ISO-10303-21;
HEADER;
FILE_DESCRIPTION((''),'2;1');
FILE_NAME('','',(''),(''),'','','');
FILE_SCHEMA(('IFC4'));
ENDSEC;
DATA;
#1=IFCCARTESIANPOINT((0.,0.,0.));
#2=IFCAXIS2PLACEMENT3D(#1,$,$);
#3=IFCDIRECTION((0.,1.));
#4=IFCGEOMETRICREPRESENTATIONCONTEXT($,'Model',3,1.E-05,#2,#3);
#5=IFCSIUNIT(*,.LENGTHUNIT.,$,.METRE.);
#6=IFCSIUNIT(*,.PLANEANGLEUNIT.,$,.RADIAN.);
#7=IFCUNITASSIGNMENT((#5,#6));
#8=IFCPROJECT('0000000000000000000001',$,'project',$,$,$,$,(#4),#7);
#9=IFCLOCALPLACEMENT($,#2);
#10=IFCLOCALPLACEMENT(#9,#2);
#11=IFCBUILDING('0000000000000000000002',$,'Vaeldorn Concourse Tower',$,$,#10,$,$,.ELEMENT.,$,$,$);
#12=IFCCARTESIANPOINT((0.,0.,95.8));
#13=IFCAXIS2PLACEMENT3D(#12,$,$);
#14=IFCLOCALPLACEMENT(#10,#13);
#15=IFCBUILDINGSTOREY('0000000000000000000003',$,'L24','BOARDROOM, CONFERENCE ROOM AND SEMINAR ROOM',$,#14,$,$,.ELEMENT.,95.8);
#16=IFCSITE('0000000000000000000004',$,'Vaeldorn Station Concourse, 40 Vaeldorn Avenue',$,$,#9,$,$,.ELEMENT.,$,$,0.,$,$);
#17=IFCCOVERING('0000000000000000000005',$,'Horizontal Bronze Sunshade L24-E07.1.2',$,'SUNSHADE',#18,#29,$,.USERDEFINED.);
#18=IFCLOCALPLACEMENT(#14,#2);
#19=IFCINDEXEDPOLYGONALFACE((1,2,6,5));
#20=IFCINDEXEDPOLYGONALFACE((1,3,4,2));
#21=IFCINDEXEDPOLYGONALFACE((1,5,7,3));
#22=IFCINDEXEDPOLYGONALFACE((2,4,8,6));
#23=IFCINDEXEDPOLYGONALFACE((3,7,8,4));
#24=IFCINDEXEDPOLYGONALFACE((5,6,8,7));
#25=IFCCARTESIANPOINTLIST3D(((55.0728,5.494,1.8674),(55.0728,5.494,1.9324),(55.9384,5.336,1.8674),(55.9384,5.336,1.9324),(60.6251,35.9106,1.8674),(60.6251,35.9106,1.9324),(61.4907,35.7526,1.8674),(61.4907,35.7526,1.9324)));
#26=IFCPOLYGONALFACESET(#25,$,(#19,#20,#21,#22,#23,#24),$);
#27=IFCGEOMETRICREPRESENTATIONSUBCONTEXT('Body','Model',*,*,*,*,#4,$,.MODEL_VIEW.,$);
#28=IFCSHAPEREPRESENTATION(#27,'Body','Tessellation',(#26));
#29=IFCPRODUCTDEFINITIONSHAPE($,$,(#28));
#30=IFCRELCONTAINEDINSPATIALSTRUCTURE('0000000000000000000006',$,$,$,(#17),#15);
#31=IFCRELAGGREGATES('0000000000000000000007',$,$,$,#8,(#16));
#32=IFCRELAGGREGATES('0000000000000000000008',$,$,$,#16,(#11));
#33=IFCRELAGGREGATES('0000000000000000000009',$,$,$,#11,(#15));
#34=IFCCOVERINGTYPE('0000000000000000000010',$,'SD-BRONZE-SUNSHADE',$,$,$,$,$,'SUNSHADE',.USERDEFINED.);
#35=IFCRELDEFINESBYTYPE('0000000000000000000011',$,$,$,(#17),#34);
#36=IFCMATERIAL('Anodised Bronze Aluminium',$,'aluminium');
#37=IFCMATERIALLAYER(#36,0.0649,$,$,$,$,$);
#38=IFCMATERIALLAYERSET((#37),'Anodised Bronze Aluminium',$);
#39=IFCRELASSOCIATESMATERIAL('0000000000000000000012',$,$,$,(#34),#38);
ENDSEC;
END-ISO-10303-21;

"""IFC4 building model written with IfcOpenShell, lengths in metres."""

from ifc_helpers import new_model, si_unit, direction, frame, origin, origin_2d, place, context, subcontext, project, spatial, rectangle, extrude, source, transform, mapped, material, layer, layer_set, type_object, element, save


model = new_model("IFC4")

# Units and contexts
model_context = context("Model", 3, precision=1e-05, world=origin(), true_north=direction((0.0, 1.0)))
body_context = subcontext(model_context, "Body", "Model", "MODEL_VIEW")
ifc_project = project(units=[si_unit("LENGTHUNIT", "METRE"), si_unit("PLANEANGLEUNIT", "RADIAN")], contexts=[model_context])

# Site, building, storey
site_placement = place(None, origin())
site = spatial("IfcSite", under=ifc_project, at=site_placement, Name="Vaeldorn Station Concourse, 40 Vaeldorn Avenue", CompositionType="ELEMENT", RefElevation=0.0)
building_placement = place(site_placement, origin())
building = spatial("IfcBuilding", under=site, at=building_placement, Name="Vaeldorn Concourse Tower", CompositionType="ELEMENT")
storey_placement = place(building_placement, frame((0.0, 0.0, 95.8)))
storey = spatial("IfcBuildingStorey", under=building, at=storey_placement, Name="L24", Description="BOARDROOM, CONFERENCE ROOM AND SEMINAR ROOM", CompositionType="ELEMENT", Elevation=95.8)

# Shared definitions
ifc_material_1 = material(Name="Anodised Bronze Aluminium", Category="aluminium")

# Covering
ifc_layer_1 = layer(ifc_material_1, 0.0649)
ifc_layer_set_1 = layer_set([ifc_layer_1], Name="Anodised Bronze Aluminium")
covering_type = type_object("IfcCoveringType", Name="SD-BRONZE-SUNSHADE", ElementType="SUNSHADE", PredefinedType="USERDEFINED", material=ifc_layer_set_1)
shared_shape_1 = source(origin(), body_context, "Body", "SweptSolid", [
    extrude(rectangle(XDim=30.9192, YDim=0.8799, at=origin_2d()), origin(), (0.0, 0.0, 1.0), 0.0649),
])
for number, where, z_axis, x_axis, name in (
    (1, (58.2817, 20.6233, 1.8674), (0.0, 0.0, 1.0), (0.179575, 0.983744, 0.0), "Horizontal Bronze Sunshade L24-E07.1.2"),
):
    element("IfcCovering", number, at=place(storey_placement, frame(where, z_axis=z_axis, x_axis=x_axis)), inside=storey, type_object=covering_type, Name=name, ObjectType="SUNSHADE", PredefinedType="USERDEFINED", context=body_context, shape_type="MappedRepresentation", body=[
        mapped(shared_shape_1, transform((0.0, 0.0, 0.0), scale=1.0)),
    ])

save(model, "model.ifc")
